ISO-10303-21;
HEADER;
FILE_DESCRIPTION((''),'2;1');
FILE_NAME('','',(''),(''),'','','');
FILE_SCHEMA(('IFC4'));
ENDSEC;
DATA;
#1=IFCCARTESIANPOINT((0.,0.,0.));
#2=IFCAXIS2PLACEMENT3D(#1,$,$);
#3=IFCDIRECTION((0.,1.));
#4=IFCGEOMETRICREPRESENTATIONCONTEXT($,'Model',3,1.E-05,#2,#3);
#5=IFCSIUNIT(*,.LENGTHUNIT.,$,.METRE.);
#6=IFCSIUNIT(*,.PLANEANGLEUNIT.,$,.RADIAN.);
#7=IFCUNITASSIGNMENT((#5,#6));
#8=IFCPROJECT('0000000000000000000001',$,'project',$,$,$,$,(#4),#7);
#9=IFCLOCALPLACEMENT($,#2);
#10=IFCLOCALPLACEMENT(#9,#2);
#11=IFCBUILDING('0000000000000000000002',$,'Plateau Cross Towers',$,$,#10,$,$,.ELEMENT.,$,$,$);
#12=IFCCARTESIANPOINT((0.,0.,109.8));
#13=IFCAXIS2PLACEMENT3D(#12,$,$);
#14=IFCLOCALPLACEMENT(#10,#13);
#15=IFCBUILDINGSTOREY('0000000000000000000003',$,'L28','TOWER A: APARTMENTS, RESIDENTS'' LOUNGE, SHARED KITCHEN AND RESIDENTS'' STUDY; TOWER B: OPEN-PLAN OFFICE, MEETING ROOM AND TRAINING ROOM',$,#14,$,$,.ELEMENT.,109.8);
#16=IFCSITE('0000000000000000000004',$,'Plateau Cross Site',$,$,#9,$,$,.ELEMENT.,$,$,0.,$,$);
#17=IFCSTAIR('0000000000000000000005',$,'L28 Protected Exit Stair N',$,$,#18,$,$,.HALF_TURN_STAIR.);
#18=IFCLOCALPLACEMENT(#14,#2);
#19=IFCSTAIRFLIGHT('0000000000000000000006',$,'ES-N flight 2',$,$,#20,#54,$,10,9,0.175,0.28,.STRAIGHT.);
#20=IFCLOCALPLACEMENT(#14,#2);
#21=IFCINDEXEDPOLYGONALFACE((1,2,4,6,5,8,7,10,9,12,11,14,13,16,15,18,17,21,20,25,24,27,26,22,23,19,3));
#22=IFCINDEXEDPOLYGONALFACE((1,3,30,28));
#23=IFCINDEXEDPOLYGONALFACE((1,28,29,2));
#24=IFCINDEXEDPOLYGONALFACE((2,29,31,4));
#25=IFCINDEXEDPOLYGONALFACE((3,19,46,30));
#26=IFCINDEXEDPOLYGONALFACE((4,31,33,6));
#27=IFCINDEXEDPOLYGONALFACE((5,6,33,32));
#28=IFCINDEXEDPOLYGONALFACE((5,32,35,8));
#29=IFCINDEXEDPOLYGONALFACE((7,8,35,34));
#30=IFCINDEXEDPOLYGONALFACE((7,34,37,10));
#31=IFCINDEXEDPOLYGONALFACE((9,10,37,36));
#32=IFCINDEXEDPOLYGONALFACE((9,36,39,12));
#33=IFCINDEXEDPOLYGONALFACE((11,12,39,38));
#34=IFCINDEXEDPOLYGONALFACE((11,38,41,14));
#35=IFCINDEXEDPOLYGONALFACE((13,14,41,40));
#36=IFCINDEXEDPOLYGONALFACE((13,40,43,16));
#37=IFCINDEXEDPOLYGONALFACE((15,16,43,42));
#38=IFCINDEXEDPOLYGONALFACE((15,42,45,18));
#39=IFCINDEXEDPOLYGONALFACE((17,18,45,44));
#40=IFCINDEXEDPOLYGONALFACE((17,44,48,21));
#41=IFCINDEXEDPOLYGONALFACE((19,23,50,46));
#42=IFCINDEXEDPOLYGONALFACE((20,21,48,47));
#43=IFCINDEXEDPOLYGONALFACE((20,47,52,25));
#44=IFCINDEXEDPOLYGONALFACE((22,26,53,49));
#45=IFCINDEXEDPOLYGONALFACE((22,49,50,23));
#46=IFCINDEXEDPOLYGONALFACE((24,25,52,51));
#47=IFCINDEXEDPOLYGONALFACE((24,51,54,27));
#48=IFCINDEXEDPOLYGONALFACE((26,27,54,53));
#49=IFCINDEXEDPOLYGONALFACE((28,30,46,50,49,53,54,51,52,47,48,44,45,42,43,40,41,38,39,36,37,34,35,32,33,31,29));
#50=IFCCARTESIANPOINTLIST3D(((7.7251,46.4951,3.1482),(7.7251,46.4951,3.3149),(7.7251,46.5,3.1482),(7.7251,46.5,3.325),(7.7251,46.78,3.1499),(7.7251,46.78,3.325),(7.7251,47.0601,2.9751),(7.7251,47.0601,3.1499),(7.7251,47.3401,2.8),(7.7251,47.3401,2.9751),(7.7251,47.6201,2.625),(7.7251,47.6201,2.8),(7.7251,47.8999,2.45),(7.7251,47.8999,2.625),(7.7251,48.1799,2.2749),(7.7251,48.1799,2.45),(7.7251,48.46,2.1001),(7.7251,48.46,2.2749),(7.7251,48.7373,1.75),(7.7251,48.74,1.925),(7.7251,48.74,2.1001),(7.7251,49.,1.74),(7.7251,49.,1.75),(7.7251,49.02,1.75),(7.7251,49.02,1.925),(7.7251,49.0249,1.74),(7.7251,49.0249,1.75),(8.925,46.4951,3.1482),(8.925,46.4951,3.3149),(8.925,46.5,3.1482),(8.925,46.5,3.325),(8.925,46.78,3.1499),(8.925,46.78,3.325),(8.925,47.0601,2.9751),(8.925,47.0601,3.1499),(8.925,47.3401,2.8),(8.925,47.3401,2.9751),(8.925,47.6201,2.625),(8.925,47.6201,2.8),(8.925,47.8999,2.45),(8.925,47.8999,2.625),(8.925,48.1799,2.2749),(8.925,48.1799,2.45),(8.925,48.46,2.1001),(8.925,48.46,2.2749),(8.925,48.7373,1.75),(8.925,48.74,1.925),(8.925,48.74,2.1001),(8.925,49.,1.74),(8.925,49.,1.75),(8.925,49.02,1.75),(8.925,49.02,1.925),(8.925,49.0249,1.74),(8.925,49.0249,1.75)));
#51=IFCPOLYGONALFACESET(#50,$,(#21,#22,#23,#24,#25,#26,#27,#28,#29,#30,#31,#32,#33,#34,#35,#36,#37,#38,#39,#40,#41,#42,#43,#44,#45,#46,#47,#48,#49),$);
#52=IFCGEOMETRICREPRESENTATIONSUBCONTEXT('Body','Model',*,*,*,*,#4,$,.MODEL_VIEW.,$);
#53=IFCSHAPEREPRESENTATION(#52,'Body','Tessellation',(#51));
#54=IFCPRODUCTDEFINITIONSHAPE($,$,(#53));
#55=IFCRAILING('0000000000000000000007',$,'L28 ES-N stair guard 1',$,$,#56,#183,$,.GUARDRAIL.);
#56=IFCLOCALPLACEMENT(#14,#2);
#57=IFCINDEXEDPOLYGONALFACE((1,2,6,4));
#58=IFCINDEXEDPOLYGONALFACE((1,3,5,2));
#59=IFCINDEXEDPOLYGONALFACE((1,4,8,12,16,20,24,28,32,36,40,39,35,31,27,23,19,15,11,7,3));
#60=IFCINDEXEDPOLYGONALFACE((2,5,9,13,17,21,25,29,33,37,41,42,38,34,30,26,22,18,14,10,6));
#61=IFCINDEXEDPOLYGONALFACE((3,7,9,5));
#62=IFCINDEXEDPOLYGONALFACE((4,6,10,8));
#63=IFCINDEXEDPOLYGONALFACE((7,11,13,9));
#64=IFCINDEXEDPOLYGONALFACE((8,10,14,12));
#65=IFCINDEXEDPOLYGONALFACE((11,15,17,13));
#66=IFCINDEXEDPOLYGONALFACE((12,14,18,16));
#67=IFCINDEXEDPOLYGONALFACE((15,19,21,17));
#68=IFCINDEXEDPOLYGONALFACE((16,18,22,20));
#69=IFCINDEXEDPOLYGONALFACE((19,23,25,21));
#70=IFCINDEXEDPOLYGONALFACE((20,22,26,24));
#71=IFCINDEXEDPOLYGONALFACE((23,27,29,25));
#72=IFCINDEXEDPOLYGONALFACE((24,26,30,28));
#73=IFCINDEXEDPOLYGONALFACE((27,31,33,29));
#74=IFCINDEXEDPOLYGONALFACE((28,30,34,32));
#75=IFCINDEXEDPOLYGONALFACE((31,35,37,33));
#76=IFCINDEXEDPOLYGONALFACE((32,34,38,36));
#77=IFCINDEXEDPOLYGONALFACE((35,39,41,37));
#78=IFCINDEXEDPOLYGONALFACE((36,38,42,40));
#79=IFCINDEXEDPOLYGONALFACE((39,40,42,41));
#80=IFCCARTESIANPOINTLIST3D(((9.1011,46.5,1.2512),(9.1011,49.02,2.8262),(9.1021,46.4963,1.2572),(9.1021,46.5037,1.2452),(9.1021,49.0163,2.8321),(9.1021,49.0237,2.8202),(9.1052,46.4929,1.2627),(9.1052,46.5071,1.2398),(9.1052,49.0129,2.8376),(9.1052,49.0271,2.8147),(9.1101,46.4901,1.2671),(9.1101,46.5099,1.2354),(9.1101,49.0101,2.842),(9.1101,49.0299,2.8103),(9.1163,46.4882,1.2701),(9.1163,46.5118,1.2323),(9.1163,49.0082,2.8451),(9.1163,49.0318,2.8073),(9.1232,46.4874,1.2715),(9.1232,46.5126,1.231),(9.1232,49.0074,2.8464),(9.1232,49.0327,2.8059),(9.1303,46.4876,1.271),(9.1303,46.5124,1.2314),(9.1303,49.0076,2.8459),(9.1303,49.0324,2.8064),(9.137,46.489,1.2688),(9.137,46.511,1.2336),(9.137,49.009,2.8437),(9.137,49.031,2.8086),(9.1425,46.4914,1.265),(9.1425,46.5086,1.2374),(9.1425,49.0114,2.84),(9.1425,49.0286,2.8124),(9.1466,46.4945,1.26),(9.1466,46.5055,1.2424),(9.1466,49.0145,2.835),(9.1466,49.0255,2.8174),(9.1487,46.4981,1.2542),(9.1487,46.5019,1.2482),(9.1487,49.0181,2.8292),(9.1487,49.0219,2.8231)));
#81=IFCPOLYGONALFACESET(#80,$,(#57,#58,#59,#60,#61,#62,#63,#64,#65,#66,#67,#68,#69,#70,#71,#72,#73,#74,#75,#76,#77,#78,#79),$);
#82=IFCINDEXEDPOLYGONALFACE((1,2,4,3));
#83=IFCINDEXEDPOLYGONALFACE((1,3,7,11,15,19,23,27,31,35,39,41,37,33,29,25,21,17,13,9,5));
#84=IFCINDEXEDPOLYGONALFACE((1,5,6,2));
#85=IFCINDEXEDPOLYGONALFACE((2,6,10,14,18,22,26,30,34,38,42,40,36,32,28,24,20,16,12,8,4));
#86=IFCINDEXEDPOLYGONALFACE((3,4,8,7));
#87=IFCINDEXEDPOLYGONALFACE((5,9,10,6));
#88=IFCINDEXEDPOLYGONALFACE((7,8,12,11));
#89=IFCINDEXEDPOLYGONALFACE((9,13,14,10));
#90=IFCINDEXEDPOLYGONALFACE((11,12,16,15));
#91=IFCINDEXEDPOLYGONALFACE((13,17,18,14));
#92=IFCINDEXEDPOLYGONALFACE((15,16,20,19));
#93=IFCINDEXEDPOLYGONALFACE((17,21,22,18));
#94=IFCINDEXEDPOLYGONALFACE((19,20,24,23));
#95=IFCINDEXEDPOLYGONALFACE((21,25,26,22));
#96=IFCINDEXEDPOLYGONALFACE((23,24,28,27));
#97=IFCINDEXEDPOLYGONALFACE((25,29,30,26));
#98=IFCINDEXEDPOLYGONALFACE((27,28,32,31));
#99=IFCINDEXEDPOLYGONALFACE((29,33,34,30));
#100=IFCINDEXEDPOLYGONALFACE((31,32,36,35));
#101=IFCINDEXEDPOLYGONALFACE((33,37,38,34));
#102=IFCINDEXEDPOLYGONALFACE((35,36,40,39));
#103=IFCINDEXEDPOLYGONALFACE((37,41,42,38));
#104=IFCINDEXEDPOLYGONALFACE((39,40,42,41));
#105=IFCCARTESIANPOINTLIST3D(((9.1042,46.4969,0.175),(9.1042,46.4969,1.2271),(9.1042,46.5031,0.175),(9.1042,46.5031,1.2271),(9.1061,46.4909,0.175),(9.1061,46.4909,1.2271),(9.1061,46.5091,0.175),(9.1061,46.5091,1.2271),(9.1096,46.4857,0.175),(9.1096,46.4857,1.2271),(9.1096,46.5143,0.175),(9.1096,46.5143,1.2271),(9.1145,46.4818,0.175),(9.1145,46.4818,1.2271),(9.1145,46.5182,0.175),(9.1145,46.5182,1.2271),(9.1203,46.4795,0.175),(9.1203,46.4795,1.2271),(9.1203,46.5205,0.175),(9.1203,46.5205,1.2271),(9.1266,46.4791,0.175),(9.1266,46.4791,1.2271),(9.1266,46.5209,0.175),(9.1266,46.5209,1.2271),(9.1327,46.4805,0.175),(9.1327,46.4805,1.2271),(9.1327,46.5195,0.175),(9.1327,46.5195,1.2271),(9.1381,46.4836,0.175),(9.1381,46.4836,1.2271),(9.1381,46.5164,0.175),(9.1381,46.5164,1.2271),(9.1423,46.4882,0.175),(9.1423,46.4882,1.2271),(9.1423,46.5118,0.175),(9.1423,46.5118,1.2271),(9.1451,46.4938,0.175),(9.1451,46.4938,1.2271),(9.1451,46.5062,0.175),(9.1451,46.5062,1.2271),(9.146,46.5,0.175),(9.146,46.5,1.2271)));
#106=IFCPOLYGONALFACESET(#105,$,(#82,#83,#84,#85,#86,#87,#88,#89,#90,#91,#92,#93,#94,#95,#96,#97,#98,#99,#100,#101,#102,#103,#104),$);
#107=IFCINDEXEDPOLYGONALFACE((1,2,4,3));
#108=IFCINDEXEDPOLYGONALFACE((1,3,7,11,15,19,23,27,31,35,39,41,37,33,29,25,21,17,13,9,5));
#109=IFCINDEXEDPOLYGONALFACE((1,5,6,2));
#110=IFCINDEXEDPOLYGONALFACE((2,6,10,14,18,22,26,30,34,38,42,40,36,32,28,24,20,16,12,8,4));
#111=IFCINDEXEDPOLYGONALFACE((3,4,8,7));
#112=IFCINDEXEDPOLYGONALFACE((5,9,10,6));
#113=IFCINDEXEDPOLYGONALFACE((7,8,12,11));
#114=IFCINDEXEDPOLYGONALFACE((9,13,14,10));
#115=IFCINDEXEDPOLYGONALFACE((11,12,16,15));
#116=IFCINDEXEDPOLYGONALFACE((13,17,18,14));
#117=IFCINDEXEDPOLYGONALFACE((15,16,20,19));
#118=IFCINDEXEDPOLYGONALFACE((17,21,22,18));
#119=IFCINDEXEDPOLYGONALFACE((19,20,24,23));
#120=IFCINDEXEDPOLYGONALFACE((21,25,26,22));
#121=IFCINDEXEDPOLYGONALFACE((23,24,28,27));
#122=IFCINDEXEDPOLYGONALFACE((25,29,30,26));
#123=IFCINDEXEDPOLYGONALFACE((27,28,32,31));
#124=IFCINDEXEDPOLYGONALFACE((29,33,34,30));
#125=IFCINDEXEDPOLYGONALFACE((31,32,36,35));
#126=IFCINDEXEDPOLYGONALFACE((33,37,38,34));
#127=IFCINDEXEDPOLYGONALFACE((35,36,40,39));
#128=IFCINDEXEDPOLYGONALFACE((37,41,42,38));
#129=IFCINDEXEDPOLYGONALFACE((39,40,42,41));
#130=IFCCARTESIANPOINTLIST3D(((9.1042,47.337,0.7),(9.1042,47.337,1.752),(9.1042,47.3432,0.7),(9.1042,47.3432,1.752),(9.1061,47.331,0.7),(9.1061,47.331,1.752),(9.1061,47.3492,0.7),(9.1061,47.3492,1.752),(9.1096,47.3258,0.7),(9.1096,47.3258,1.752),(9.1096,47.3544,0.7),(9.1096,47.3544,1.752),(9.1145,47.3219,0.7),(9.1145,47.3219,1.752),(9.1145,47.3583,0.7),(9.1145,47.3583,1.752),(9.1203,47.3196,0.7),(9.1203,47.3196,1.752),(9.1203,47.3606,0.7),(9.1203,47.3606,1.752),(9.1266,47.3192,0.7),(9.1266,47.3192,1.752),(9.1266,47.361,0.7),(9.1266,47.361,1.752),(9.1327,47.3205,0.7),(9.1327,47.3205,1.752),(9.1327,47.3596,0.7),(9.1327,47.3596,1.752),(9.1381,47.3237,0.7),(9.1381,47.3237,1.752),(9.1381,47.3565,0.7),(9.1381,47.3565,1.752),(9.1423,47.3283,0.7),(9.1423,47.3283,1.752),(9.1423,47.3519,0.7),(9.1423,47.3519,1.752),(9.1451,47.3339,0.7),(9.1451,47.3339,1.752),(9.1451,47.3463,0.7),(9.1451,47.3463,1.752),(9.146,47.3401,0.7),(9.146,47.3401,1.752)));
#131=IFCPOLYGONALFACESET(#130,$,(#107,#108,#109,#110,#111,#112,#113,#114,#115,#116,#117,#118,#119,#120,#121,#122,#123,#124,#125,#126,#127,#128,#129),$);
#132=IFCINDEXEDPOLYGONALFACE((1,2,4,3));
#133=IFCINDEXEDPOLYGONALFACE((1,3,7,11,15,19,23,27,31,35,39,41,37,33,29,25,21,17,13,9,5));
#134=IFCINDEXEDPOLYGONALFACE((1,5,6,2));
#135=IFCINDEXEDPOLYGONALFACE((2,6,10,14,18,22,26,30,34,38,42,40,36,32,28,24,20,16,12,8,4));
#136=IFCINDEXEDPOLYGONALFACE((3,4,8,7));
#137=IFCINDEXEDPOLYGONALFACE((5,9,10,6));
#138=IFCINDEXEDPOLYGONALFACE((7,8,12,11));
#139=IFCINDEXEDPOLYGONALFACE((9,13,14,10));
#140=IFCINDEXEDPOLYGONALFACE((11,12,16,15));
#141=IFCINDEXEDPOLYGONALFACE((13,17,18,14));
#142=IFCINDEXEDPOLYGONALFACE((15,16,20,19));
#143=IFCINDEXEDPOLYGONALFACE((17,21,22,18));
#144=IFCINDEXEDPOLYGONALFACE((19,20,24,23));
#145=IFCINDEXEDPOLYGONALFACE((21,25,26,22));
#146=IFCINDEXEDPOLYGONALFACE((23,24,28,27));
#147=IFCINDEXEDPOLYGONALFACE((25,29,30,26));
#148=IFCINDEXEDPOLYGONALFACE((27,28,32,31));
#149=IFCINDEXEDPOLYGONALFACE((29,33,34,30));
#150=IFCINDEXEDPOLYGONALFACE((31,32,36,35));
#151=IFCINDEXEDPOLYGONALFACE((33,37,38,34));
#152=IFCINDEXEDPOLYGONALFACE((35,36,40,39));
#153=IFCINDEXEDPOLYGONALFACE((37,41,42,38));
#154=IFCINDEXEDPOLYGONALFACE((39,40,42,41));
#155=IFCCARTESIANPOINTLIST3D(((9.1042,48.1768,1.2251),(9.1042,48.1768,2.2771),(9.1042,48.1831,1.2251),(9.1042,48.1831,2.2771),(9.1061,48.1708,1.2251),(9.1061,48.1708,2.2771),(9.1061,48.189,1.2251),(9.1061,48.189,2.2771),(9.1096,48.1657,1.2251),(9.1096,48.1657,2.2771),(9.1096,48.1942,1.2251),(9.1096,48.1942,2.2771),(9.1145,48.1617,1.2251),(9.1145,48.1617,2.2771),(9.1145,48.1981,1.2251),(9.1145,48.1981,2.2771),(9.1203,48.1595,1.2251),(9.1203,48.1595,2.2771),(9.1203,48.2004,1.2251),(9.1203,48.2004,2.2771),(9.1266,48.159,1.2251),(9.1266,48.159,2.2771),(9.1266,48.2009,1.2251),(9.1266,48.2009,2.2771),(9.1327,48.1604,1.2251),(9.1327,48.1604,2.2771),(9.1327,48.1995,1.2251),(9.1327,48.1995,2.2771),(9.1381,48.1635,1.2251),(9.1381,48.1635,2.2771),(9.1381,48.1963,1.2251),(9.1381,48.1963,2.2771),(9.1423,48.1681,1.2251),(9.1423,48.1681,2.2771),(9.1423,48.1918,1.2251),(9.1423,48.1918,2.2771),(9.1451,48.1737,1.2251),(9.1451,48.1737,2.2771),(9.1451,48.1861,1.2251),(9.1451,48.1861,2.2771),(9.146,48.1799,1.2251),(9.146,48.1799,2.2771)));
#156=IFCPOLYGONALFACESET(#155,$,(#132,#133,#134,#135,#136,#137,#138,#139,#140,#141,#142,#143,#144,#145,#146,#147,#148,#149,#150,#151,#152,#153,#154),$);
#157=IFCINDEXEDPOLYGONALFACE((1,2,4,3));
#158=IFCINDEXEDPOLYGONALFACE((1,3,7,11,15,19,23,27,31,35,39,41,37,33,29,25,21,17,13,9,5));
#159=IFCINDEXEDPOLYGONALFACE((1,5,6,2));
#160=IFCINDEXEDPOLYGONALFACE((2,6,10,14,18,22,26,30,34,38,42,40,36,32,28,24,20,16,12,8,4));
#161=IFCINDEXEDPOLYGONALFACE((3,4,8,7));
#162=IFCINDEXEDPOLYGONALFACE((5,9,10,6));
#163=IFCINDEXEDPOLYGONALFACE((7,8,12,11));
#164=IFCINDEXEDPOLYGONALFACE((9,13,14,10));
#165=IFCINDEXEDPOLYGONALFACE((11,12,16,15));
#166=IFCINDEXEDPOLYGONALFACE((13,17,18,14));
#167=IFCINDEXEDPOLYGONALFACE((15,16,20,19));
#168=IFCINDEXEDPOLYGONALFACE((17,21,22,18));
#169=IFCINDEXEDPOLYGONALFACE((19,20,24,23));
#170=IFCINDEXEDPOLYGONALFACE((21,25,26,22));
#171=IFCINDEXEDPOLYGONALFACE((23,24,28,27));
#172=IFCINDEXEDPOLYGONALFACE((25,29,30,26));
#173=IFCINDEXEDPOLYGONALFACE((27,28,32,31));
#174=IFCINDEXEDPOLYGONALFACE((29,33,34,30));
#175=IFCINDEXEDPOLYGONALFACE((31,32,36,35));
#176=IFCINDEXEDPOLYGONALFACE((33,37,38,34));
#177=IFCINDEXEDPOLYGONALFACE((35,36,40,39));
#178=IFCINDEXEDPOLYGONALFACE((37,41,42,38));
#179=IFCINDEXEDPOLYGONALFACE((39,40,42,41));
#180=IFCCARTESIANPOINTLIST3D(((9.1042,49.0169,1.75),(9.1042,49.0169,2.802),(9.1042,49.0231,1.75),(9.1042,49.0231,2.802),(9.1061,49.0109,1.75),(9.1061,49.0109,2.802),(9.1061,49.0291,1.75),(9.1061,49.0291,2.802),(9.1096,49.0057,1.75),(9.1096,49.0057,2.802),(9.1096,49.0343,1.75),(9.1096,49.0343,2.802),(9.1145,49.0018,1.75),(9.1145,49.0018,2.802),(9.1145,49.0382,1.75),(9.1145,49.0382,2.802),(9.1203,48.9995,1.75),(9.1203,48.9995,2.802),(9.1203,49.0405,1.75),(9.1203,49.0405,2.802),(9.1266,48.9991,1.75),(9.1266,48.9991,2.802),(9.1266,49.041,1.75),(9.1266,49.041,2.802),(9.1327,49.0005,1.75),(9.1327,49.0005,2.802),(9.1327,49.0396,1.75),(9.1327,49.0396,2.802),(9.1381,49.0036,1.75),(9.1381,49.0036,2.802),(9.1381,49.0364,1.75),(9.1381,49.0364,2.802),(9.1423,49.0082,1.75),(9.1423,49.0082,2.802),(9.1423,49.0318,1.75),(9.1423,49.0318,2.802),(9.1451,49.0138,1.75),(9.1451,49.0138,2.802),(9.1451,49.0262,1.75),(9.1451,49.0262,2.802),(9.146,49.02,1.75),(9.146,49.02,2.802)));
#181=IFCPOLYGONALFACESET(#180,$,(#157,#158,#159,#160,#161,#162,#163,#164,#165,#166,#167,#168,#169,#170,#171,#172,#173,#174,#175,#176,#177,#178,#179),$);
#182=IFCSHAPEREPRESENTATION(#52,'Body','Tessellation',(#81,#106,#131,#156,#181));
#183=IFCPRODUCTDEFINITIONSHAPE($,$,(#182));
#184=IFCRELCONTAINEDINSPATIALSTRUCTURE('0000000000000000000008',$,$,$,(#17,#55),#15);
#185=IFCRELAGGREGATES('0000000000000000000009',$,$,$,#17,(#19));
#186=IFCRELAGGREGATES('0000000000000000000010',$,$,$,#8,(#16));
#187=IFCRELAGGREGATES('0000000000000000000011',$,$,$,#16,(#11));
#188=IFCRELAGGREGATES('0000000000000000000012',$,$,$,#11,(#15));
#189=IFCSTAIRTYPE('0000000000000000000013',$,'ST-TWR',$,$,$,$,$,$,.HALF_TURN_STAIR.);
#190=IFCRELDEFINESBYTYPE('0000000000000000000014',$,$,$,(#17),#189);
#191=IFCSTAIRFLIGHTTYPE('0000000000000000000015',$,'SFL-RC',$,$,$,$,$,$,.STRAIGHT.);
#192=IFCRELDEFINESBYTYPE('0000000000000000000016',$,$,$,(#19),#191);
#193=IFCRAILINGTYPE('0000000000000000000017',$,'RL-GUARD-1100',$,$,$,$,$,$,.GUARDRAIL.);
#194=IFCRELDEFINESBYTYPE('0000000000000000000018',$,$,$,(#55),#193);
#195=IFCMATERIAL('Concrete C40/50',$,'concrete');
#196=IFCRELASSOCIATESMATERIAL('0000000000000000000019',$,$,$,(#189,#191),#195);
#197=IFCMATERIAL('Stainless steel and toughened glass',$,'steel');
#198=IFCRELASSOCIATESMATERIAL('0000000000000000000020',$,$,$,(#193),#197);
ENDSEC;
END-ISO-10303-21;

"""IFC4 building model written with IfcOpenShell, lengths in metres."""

from ifc_helpers import new_model, si_unit, direction, frame, origin, origin_2d, place, context, subcontext, project, spatial, polyline, circle, outline, extrude, material, type_object, element, aggregate, save


model = new_model("IFC4")

# Units and contexts
model_context = context("Model", 3, precision=1e-05, world=origin(), true_north=direction((0.0, 1.0)))
body_context = subcontext(model_context, "Body", "Model", "MODEL_VIEW")
ifc_project = project(units=[si_unit("LENGTHUNIT", "METRE"), si_unit("PLANEANGLEUNIT", "RADIAN")], contexts=[model_context])

# Site, building, storey
site_placement = place(None, origin())
site = spatial("IfcSite", under=ifc_project, at=site_placement, Name="Plateau Cross Site", CompositionType="ELEMENT", RefElevation=0.0)
building_placement = place(site_placement, origin())
building = spatial("IfcBuilding", under=site, at=building_placement, Name="Plateau Cross Towers", CompositionType="ELEMENT")
storey_placement = place(building_placement, frame((0.0, 0.0, 109.8)))
storey = spatial("IfcBuildingStorey", under=building, at=storey_placement, Name="L28", Description="TOWER A: APARTMENTS, RESIDENTS' LOUNGE, SHARED KITCHEN AND RESIDENTS' STUDY; TOWER B: OPEN-PLAN OFFICE, MEETING ROOM AND TRAINING ROOM", CompositionType="ELEMENT", Elevation=109.8)

# Stair, stair flight
ifc_material_1 = material(Name="Concrete C40/50", Category="concrete")
stair_type = type_object("IfcStairType", Name="ST-TWR", PredefinedType="HALF_TURN_STAIR", material=ifc_material_1)
stair_placement = place(storey_placement, origin())
stair = element("IfcStair", 1, at=stair_placement, inside=storey, type_object=stair_type, Name="L28 Protected Exit Stair N", PredefinedType="HALF_TURN_STAIR")
stair_flight_type = type_object("IfcStairFlightType", Name="SFL-RC", PredefinedType="STRAIGHT", material=ifc_material_1)
stair_flight_1_placement = place(storey_placement, frame((8.325, 49.02, 1.75), z_axis=(0.0, 0.0, 1.0), x_axis=(0.0, -1.0, 0.0)))
stair_flight_1 = element("IfcStairFlight", 2, at=stair_flight_1_placement, type_object=stair_flight_type, Name="ES-N flight 2", NumberOfRisers=10, NumberOfTreads=9, PredefinedType="STRAIGHT", RiserHeight=0.175, TreadLength=0.28, context=body_context, shape_type="SweptSolid", body=[
    extrude(outline(polyline([(-0.0049, -0.01), (-0.0049, 0.0), (0.0, 0.0), (0.0, 0.175), (0.28, 0.175), (0.28, 0.3501), (0.5601, 0.3501), (0.5601, 0.5249), (0.8401, 0.5249), (0.8401, 0.7), (1.1201, 0.7), (1.1201, 0.875), (1.3999, 0.875), (1.3999, 1.05), (1.6799, 1.05), (1.6799, 1.2251), (1.96, 1.2251), (1.96, 1.3999), (2.24, 1.3999), (2.24, 1.575), (2.52, 1.575), (2.5249, 1.5649), (2.5249, 1.3982), (2.52, 1.3982), (0.2827, 0.0), (0.02, 0.0), (0.02, -0.01), (-0.0049, -0.01)])), frame((0.0, 0.6001, 0.0), z_axis=(0.0, -1.0, 0.0), x_axis=(1.0, 0.0, 0.0)), (0.0, 0.0, 1.0), 1.2),
])
aggregate(stair, [stair_flight_1])

# Railing
ifc_material_2 = material(Name="Stainless steel and toughened glass", Category="steel")
railing_type_1 = type_object("IfcRailingType", Name="RL-GUARD-1100", PredefinedType="GUARDRAIL", material=ifc_material_2)
railing_1_placement = place(storey_placement, frame((9.125, 46.5, 0.175)))
element("IfcRailing", 3, at=railing_1_placement, inside=storey, type_object=railing_type_1, Name="L28 ES-N stair guard 1", PredefinedType="GUARDRAIL", context=body_context, shape_type="SweptSolid", body=[
    extrude(circle(Radius=0.0239, at=origin_2d()), frame((0.0, 0.0, 1.0762), z_axis=(0.0, 0.848008, 0.529984), x_axis=(-1.0, 0.0, 0.0)), (0.0, 0.0, 1.0), 2.9717),
    extrude(circle(Radius=0.021, at=origin_2d()), origin(), (0.0, 0.0, 1.0), 1.052),
    extrude(circle(Radius=0.021, at=origin_2d()), frame((0.0, 0.8401, 0.5249)), (0.0, 0.0, 1.0), 1.052),
    extrude(circle(Radius=0.021, at=origin_2d()), frame((0.0, 1.6799, 1.05)), (0.0, 0.0, 1.0), 1.052),
    extrude(circle(Radius=0.021, at=origin_2d()), frame((0.0, 2.52, 1.575)), (0.0, 0.0, 1.0), 1.052),
])

save(model, "model.ifc")
